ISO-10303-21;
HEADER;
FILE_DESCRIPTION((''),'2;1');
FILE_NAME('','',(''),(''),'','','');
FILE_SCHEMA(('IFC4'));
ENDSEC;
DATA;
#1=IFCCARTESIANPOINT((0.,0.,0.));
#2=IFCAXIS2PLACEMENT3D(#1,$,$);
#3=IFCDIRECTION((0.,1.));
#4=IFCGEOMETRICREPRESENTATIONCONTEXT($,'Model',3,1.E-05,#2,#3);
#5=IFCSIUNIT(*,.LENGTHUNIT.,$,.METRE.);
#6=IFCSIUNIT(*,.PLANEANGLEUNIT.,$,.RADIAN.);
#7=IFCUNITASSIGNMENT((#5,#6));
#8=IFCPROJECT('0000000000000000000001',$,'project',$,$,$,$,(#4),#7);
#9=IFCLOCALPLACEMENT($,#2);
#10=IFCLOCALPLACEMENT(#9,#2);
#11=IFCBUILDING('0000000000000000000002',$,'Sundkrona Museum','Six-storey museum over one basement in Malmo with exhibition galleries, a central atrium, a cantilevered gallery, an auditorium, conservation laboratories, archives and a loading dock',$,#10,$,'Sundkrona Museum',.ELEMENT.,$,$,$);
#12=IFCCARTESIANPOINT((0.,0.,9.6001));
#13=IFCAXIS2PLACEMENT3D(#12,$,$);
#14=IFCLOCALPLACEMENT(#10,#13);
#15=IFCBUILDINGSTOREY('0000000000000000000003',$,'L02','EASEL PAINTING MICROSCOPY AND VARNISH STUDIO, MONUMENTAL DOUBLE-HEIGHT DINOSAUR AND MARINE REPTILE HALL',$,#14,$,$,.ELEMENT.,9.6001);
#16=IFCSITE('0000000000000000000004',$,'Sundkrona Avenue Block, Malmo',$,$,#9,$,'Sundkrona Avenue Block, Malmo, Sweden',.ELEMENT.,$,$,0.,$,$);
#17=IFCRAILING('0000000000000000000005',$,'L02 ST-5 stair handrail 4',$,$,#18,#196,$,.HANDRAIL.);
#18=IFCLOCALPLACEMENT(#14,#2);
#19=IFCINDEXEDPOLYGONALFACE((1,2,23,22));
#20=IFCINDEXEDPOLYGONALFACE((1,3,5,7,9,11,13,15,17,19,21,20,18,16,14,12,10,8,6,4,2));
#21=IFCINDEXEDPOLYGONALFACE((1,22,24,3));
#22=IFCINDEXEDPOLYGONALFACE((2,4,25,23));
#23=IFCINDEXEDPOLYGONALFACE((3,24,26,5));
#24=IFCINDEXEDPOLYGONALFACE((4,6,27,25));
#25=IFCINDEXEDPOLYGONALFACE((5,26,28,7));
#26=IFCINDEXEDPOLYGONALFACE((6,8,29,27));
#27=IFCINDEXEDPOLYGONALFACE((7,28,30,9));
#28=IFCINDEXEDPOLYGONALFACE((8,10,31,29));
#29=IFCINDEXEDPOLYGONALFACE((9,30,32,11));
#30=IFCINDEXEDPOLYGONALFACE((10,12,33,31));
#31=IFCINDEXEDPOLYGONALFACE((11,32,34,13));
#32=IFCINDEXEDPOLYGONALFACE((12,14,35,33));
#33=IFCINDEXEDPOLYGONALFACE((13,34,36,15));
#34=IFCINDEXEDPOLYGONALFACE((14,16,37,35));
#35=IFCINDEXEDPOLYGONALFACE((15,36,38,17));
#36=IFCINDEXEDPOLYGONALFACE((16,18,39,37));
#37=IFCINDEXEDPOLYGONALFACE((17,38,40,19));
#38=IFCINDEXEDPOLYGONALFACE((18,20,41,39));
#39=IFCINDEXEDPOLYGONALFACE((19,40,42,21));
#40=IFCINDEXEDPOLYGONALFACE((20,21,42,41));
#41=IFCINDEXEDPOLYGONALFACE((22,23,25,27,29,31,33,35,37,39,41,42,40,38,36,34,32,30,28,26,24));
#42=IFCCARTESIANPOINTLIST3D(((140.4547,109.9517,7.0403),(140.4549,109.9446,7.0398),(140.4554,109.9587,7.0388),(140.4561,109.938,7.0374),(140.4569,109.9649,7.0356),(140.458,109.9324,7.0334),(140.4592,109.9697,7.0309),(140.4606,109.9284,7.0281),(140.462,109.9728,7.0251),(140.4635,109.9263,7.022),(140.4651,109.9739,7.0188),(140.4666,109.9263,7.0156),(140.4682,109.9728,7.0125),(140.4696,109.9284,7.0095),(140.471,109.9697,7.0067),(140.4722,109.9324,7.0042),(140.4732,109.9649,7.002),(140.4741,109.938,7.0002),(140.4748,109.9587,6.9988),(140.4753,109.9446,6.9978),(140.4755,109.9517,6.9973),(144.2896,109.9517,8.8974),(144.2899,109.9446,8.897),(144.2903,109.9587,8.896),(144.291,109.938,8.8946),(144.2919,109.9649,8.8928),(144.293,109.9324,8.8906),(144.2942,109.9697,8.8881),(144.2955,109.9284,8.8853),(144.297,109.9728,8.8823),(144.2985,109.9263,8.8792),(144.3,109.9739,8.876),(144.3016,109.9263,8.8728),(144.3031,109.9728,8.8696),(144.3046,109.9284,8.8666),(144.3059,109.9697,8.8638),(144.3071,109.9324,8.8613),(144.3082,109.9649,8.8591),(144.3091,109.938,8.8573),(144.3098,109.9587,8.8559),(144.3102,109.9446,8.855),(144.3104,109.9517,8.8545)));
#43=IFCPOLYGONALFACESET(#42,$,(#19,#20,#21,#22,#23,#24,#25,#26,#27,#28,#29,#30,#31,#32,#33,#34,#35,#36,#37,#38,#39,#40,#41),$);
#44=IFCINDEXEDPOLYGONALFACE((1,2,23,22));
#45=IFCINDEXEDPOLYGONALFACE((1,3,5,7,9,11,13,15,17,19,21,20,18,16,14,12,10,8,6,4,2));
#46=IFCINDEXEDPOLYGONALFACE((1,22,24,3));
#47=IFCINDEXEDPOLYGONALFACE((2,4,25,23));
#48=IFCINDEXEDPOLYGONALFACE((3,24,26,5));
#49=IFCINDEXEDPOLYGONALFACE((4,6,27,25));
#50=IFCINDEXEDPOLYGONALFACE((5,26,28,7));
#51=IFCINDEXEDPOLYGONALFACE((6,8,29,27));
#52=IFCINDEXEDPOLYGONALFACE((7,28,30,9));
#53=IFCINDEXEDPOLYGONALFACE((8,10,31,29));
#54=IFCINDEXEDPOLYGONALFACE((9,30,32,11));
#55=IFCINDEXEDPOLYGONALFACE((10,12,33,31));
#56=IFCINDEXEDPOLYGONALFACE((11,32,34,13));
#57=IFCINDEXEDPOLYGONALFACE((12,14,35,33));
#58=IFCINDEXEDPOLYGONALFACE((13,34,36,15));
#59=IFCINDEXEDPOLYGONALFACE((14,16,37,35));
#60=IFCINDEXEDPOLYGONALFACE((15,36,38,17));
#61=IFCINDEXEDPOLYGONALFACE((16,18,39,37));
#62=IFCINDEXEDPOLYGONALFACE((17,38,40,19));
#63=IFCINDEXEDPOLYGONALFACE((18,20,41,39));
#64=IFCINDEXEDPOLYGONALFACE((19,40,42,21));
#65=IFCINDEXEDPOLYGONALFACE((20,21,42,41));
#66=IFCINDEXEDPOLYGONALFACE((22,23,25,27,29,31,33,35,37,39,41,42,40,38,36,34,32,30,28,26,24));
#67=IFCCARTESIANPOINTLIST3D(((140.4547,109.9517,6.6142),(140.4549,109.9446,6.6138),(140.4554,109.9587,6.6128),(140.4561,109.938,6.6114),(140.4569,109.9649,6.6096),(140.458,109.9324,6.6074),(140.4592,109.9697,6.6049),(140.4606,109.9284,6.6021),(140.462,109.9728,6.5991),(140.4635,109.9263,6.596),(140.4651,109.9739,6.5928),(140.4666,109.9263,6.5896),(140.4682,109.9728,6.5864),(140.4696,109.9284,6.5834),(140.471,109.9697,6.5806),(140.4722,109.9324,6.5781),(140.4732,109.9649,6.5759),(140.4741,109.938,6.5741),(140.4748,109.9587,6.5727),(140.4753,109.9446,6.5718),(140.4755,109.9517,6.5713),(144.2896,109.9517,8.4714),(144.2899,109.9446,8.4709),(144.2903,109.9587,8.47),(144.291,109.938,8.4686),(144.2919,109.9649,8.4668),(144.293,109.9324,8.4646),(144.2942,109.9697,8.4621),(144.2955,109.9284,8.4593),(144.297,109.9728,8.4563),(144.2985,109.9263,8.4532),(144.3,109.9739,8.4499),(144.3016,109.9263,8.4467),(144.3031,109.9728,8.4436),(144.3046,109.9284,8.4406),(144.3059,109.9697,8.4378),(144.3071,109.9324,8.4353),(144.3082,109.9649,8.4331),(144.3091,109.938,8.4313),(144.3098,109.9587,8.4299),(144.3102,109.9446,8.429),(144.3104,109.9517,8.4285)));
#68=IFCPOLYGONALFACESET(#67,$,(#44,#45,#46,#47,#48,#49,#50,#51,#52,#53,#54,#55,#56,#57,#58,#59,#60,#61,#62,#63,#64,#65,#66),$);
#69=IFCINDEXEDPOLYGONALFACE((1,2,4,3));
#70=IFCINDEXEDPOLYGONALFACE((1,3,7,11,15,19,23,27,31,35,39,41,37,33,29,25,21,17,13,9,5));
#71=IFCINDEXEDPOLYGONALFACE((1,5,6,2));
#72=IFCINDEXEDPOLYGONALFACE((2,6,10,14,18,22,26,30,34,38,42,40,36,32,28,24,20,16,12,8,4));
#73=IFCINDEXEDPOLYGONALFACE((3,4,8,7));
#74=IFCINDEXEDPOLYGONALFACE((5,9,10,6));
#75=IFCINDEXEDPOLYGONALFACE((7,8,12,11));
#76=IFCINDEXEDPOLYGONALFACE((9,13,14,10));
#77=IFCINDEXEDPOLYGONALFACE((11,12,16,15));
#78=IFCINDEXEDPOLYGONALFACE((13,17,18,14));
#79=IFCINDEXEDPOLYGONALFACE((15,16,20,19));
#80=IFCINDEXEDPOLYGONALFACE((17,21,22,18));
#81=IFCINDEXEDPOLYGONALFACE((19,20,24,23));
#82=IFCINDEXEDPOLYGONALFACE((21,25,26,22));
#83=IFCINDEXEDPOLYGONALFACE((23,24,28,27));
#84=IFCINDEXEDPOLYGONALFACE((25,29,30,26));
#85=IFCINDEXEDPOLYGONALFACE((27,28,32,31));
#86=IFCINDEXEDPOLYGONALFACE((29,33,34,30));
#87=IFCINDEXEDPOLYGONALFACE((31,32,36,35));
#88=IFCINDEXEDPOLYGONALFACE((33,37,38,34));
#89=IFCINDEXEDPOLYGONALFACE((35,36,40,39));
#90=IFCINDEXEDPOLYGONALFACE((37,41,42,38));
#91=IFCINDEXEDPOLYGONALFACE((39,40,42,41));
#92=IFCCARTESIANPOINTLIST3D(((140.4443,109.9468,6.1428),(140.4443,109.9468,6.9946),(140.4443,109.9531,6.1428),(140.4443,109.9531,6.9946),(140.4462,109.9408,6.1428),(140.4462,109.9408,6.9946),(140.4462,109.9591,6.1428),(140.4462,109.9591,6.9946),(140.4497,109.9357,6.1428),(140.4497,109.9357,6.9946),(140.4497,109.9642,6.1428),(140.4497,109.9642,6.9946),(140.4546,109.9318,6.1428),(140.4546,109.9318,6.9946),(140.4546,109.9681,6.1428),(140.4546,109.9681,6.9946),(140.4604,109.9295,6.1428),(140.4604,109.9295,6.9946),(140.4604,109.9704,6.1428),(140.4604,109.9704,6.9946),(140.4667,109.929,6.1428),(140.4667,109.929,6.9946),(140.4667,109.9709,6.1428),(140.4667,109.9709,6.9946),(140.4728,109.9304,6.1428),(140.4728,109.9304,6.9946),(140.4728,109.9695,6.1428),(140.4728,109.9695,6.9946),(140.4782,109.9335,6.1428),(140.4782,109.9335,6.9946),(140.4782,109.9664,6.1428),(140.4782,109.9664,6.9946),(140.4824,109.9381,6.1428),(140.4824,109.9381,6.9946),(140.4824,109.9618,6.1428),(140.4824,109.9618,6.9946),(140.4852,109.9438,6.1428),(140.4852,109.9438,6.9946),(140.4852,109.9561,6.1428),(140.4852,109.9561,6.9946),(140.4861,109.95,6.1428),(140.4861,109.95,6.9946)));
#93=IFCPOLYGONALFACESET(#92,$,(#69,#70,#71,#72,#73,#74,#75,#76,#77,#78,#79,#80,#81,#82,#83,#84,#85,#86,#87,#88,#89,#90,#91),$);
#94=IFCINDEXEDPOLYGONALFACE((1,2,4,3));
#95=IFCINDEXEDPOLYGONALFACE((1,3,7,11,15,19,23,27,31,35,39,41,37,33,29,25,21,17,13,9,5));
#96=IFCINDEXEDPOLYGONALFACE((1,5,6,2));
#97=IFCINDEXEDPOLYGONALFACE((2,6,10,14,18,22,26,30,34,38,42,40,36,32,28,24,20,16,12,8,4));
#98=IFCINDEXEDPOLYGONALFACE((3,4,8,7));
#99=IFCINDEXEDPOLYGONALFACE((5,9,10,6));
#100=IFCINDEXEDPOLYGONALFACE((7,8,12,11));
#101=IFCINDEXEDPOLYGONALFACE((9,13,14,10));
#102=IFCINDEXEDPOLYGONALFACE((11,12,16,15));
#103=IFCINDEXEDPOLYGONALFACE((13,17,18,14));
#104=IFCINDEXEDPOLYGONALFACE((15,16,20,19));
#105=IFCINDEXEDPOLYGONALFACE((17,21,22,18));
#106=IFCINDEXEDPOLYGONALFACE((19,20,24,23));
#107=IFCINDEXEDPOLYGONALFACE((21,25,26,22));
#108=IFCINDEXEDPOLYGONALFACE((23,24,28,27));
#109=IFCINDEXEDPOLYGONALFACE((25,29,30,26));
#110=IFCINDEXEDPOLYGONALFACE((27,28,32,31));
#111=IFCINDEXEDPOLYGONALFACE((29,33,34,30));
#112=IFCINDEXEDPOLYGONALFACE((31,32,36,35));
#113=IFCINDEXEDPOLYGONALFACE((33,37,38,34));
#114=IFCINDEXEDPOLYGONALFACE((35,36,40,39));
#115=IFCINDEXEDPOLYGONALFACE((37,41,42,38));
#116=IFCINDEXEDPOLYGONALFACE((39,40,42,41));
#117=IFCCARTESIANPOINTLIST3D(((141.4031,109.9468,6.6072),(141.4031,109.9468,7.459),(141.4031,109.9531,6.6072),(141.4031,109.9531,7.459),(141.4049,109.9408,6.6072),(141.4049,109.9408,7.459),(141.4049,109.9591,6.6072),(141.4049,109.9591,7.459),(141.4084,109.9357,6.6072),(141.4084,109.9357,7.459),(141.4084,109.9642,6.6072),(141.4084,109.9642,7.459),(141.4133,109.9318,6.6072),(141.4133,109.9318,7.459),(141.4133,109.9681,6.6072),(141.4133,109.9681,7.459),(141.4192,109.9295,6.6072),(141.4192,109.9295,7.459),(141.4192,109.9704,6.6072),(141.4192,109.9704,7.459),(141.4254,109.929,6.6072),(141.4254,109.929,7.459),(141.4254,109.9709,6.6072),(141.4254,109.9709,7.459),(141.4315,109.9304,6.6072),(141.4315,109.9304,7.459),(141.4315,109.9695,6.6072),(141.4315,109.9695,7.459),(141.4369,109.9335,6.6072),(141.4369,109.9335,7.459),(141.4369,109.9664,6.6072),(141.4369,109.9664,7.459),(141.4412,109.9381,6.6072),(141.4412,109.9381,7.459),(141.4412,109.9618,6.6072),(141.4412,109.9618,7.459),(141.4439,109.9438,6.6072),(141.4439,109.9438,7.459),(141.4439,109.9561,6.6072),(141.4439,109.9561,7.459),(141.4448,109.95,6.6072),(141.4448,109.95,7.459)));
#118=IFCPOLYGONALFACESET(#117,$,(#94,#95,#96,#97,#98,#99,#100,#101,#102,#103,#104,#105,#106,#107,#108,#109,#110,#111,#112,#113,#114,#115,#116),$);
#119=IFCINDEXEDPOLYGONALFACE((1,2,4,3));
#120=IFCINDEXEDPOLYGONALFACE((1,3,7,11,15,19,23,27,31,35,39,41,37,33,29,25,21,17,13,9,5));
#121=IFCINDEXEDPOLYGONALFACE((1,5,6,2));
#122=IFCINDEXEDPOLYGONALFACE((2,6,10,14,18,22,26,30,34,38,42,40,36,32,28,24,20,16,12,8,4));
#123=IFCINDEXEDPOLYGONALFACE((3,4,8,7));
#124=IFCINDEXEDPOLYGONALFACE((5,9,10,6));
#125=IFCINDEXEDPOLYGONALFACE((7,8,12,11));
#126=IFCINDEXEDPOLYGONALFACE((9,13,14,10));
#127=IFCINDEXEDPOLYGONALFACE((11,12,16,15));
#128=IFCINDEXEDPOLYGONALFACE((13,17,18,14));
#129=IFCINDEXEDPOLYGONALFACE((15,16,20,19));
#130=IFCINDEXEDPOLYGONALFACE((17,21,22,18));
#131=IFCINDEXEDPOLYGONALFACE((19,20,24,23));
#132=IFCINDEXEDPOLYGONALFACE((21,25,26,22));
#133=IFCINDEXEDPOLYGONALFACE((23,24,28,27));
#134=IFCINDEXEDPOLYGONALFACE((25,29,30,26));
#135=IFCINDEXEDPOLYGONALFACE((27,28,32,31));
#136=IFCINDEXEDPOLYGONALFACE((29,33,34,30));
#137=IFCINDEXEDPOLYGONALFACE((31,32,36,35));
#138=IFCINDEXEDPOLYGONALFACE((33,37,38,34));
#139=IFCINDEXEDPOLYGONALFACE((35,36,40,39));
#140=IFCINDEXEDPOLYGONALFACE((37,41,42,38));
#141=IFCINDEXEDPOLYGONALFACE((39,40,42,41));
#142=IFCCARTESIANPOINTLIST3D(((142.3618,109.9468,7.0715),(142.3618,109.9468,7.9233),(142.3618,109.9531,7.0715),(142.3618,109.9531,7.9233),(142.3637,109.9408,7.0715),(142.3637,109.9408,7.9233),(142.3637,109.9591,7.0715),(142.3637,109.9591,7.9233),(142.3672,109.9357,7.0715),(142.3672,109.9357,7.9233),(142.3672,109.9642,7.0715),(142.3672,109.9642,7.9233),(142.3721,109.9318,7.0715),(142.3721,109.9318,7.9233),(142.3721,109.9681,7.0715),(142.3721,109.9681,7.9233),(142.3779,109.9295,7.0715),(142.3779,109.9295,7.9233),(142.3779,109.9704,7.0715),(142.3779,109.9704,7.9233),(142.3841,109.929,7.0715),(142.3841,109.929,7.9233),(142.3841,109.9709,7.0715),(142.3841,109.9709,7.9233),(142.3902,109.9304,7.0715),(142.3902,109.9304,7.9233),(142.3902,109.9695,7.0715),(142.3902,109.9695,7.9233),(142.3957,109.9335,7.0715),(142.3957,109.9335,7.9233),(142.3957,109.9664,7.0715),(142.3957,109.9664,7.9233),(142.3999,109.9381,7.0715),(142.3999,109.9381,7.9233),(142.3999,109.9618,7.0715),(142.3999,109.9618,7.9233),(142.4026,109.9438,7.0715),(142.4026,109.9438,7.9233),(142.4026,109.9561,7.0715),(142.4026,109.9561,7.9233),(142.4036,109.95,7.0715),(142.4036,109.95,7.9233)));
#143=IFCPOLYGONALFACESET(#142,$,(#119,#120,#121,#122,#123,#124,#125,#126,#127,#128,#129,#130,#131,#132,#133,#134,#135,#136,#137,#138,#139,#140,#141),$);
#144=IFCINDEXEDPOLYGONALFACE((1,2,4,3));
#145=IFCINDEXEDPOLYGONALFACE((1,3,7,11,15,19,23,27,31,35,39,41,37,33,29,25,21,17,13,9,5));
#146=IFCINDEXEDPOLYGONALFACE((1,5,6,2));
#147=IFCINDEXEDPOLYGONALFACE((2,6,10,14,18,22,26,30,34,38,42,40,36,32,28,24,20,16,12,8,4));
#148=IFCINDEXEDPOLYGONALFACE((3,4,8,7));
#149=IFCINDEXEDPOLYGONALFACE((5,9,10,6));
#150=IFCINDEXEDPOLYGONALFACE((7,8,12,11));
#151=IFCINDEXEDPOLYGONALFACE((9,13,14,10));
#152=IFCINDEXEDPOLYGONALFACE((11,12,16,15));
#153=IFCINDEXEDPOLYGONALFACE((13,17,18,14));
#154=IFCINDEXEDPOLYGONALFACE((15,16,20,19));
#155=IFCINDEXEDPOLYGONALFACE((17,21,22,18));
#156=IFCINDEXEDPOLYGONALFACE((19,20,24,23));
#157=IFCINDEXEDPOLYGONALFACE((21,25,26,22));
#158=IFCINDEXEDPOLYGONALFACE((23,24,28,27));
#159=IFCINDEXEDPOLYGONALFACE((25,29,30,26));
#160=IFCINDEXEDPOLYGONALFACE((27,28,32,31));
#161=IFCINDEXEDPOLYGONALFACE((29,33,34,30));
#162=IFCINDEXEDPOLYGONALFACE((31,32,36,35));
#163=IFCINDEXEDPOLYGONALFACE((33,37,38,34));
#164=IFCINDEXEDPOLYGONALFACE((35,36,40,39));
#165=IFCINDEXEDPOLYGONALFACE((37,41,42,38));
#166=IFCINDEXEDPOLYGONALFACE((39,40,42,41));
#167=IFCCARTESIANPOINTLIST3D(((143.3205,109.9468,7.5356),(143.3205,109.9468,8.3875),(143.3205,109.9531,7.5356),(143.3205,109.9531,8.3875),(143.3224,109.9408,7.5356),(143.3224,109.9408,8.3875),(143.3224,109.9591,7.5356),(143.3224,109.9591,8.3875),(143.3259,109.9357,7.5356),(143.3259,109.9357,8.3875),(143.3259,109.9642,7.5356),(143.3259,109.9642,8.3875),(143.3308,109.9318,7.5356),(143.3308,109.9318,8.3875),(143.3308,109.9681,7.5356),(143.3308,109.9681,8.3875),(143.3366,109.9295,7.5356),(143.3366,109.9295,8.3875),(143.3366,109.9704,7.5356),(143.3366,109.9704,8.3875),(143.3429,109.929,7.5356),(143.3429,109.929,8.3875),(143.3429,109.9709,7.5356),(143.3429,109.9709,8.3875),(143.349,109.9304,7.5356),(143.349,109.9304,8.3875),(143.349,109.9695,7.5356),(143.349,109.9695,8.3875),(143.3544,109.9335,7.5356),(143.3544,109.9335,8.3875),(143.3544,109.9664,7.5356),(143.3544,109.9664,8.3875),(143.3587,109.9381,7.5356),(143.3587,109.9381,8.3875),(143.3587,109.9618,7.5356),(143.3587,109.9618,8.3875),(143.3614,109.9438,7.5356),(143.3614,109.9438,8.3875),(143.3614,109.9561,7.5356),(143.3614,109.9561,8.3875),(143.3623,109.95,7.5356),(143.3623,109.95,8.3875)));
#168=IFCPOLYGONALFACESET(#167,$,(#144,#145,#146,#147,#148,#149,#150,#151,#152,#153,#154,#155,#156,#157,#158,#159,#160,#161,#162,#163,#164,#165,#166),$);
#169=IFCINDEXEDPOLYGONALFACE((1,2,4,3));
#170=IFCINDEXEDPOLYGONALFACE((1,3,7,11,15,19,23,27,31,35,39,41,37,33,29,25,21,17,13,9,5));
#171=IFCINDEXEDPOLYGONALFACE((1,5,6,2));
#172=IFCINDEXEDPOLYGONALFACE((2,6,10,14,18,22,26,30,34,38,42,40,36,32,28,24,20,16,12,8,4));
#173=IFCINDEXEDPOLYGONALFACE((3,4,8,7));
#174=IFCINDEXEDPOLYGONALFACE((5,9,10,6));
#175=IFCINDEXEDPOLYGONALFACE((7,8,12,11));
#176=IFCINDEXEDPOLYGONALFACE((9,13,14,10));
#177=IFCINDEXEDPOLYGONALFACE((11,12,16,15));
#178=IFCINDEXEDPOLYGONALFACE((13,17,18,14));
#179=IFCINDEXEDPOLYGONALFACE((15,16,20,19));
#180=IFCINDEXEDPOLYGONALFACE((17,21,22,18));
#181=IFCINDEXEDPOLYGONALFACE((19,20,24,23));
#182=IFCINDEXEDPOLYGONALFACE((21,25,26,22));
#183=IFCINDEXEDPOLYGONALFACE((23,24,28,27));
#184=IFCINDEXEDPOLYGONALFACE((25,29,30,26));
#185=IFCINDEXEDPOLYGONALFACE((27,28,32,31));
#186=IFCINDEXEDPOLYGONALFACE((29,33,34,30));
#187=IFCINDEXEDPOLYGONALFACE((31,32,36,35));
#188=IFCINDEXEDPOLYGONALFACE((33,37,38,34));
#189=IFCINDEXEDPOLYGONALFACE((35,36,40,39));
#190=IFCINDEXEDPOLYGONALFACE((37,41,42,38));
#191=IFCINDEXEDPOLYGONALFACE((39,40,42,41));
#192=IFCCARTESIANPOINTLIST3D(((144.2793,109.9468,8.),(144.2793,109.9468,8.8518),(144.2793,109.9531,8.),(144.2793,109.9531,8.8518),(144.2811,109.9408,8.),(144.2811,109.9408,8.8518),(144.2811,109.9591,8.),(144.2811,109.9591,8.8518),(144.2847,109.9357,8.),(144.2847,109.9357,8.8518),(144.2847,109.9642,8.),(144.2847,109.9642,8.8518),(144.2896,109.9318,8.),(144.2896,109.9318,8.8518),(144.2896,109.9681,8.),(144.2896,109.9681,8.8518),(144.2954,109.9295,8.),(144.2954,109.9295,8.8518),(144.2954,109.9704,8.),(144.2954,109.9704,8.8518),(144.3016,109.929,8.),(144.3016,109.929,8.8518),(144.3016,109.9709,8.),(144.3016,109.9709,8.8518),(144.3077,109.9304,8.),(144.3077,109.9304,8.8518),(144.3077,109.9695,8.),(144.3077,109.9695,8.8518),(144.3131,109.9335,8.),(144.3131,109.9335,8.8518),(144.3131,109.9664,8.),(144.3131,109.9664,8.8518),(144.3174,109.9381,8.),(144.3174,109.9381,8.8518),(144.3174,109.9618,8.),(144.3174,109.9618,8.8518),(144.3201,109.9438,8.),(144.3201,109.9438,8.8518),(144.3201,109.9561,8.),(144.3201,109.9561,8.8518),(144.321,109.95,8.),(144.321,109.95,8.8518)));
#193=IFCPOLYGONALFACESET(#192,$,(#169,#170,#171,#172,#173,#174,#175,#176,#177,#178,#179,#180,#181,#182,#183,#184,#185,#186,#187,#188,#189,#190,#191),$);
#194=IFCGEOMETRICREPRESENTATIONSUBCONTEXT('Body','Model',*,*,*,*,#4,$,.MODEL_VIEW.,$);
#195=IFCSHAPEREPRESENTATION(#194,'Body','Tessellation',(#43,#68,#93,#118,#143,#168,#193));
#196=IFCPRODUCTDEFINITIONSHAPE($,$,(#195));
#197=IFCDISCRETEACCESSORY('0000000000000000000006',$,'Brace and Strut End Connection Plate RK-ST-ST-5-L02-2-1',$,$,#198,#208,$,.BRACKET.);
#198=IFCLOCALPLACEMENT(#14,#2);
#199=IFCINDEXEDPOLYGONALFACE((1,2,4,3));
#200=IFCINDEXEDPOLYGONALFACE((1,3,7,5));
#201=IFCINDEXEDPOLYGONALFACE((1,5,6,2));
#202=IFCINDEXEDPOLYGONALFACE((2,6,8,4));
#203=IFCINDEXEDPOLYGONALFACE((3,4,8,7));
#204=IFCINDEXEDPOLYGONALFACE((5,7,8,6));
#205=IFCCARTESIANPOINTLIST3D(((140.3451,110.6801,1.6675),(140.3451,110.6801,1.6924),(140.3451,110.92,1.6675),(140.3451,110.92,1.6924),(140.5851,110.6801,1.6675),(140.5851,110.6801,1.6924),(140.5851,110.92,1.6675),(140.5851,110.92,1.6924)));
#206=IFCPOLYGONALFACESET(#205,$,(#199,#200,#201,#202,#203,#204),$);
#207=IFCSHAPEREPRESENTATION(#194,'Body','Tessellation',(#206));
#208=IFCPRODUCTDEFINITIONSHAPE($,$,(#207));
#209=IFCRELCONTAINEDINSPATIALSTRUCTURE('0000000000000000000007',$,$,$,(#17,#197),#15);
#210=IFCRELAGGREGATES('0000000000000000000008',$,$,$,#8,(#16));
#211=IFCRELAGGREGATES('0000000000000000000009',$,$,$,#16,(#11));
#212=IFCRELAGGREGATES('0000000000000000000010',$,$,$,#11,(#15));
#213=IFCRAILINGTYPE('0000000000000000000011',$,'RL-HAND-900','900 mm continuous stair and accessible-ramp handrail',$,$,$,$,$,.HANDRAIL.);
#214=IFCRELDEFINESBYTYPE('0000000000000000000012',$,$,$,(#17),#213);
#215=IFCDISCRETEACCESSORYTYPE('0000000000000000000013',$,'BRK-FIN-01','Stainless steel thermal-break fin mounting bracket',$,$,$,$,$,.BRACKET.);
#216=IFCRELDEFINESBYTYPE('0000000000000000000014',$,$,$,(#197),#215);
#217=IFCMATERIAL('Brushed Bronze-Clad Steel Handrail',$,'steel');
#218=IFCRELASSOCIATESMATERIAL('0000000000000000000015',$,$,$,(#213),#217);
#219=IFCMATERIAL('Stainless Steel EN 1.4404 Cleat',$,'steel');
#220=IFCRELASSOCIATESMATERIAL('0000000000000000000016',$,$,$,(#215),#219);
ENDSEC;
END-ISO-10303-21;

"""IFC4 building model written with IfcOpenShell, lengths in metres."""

from ifc_helpers import new_model, si_unit, direction, frame, origin, origin_2d, place, context, subcontext, project, spatial, rectangle, circle, extrude, material, type_object, element, save


model = new_model("IFC4")

# Units and contexts
model_context = context("Model", 3, precision=1e-05, world=origin(), true_north=direction((0.0, 1.0)))
body_context = subcontext(model_context, "Body", "Model", "MODEL_VIEW")
ifc_project = project(units=[si_unit("LENGTHUNIT", "METRE"), si_unit("PLANEANGLEUNIT", "RADIAN")], contexts=[model_context])

# Site, building, storey
site_placement = place(None, origin())
site = spatial("IfcSite", under=ifc_project, at=site_placement, Name="Sundkrona Avenue Block, Malmo", LongName="Sundkrona Avenue Block, Malmo, Sweden", CompositionType="ELEMENT", RefElevation=0.0)
building_placement = place(site_placement, origin())
building = spatial("IfcBuilding", under=site, at=building_placement, Name="Sundkrona Museum", Description="Six-storey museum over one basement in Malmo with exhibition galleries, a central atrium, a cantilevered gallery, an auditorium, conservation laboratories, archives and a loading dock", LongName="Sundkrona Museum", CompositionType="ELEMENT")
storey_placement = place(building_placement, frame((0.0, 0.0, 9.6001)))
storey = spatial("IfcBuildingStorey", under=building, at=storey_placement, Name="L02", Description="EASEL PAINTING MICROSCOPY AND VARNISH STUDIO, MONUMENTAL DOUBLE-HEIGHT DINOSAUR AND MARINE REPTILE HALL", CompositionType="ELEMENT", Elevation=9.6001)

# Railing
ifc_material_1 = material(Name="Brushed Bronze-Clad Steel Handrail", Category="steel")
railing_type_1 = type_object("IfcRailingType", Name="RL-HAND-900", Description="900 mm continuous stair and accessible-ramp handrail", PredefinedType="HANDRAIL", material=ifc_material_1)
for number, where, name in (
    (1, (140.4651, 109.95, 6.1428), "L02 ST-5 stair handrail 4"),
):
    element("IfcRailing", number, at=place(storey_placement, frame(where)), inside=storey, type_object=railing_type_1, Name=name, PredefinedType="HANDRAIL", context=body_context, shape_type="SweptSolid", body=[
        extrude(circle(Radius=0.0239, at=origin_2d()), frame((0.0, 0.0, 0.876), z_axis=(0.900016, 0.0, 0.435856), x_axis=(0.0, 1.0, 0.0)), (0.0, 0.0, 1.0), 4.261),
        extrude(circle(Radius=0.0239, at=origin_2d()), frame((0.0, 0.0, 0.45), z_axis=(0.900016, 0.0, 0.435856), x_axis=(0.0, 1.0, 0.0)), (0.0, 0.0, 1.0), 4.261),
        extrude(circle(Radius=0.021, at=origin_2d()), origin(), (0.0, 0.0, 1.0), 0.8518),
        extrude(circle(Radius=0.021, at=origin_2d()), frame((0.9587, 0.0, 0.4644)), (0.0, 0.0, 1.0), 0.8518),
        extrude(circle(Radius=0.021, at=origin_2d()), frame((1.9175, 0.0, 0.9287)), (0.0, 0.0, 1.0), 0.8518),
        extrude(circle(Radius=0.021, at=origin_2d()), frame((2.8762, 0.0, 1.3928)), (0.0, 0.0, 1.0), 0.8518),
        extrude(circle(Radius=0.021, at=origin_2d()), frame((3.835, 0.0, 1.8572)), (0.0, 0.0, 1.0), 0.8518),
    ])

# Discrete accessory
ifc_material_2 = material(Name="Stainless Steel EN 1.4404 Cleat", Category="steel")
discrete_accessory_type = type_object("IfcDiscreteAccessoryType", Name="BRK-FIN-01", Description="Stainless steel thermal-break fin mounting bracket", PredefinedType="BRACKET", material=ifc_material_2)
for number, where, z_axis, x_axis, name in (
    (2, (140.4651, 110.8, 1.6675), (0.0, 0.0, 1.0), (1.0, 0.0, 0.0), "Brace and Strut End Connection Plate RK-ST-ST-5-L02-2-1"),
):
    element("IfcDiscreteAccessory", number, at=place(storey_placement, frame(where, z_axis=z_axis, x_axis=x_axis)), inside=storey, type_object=discrete_accessory_type, Name=name, PredefinedType="BRACKET", context=body_context, shape_type="SweptSolid", body=[
        extrude(rectangle(XDim=0.24, YDim=0.24, at=origin_2d()), origin(), (0.0, 0.0, 1.0), 0.0249),
    ])

save(model, "model.ifc")
